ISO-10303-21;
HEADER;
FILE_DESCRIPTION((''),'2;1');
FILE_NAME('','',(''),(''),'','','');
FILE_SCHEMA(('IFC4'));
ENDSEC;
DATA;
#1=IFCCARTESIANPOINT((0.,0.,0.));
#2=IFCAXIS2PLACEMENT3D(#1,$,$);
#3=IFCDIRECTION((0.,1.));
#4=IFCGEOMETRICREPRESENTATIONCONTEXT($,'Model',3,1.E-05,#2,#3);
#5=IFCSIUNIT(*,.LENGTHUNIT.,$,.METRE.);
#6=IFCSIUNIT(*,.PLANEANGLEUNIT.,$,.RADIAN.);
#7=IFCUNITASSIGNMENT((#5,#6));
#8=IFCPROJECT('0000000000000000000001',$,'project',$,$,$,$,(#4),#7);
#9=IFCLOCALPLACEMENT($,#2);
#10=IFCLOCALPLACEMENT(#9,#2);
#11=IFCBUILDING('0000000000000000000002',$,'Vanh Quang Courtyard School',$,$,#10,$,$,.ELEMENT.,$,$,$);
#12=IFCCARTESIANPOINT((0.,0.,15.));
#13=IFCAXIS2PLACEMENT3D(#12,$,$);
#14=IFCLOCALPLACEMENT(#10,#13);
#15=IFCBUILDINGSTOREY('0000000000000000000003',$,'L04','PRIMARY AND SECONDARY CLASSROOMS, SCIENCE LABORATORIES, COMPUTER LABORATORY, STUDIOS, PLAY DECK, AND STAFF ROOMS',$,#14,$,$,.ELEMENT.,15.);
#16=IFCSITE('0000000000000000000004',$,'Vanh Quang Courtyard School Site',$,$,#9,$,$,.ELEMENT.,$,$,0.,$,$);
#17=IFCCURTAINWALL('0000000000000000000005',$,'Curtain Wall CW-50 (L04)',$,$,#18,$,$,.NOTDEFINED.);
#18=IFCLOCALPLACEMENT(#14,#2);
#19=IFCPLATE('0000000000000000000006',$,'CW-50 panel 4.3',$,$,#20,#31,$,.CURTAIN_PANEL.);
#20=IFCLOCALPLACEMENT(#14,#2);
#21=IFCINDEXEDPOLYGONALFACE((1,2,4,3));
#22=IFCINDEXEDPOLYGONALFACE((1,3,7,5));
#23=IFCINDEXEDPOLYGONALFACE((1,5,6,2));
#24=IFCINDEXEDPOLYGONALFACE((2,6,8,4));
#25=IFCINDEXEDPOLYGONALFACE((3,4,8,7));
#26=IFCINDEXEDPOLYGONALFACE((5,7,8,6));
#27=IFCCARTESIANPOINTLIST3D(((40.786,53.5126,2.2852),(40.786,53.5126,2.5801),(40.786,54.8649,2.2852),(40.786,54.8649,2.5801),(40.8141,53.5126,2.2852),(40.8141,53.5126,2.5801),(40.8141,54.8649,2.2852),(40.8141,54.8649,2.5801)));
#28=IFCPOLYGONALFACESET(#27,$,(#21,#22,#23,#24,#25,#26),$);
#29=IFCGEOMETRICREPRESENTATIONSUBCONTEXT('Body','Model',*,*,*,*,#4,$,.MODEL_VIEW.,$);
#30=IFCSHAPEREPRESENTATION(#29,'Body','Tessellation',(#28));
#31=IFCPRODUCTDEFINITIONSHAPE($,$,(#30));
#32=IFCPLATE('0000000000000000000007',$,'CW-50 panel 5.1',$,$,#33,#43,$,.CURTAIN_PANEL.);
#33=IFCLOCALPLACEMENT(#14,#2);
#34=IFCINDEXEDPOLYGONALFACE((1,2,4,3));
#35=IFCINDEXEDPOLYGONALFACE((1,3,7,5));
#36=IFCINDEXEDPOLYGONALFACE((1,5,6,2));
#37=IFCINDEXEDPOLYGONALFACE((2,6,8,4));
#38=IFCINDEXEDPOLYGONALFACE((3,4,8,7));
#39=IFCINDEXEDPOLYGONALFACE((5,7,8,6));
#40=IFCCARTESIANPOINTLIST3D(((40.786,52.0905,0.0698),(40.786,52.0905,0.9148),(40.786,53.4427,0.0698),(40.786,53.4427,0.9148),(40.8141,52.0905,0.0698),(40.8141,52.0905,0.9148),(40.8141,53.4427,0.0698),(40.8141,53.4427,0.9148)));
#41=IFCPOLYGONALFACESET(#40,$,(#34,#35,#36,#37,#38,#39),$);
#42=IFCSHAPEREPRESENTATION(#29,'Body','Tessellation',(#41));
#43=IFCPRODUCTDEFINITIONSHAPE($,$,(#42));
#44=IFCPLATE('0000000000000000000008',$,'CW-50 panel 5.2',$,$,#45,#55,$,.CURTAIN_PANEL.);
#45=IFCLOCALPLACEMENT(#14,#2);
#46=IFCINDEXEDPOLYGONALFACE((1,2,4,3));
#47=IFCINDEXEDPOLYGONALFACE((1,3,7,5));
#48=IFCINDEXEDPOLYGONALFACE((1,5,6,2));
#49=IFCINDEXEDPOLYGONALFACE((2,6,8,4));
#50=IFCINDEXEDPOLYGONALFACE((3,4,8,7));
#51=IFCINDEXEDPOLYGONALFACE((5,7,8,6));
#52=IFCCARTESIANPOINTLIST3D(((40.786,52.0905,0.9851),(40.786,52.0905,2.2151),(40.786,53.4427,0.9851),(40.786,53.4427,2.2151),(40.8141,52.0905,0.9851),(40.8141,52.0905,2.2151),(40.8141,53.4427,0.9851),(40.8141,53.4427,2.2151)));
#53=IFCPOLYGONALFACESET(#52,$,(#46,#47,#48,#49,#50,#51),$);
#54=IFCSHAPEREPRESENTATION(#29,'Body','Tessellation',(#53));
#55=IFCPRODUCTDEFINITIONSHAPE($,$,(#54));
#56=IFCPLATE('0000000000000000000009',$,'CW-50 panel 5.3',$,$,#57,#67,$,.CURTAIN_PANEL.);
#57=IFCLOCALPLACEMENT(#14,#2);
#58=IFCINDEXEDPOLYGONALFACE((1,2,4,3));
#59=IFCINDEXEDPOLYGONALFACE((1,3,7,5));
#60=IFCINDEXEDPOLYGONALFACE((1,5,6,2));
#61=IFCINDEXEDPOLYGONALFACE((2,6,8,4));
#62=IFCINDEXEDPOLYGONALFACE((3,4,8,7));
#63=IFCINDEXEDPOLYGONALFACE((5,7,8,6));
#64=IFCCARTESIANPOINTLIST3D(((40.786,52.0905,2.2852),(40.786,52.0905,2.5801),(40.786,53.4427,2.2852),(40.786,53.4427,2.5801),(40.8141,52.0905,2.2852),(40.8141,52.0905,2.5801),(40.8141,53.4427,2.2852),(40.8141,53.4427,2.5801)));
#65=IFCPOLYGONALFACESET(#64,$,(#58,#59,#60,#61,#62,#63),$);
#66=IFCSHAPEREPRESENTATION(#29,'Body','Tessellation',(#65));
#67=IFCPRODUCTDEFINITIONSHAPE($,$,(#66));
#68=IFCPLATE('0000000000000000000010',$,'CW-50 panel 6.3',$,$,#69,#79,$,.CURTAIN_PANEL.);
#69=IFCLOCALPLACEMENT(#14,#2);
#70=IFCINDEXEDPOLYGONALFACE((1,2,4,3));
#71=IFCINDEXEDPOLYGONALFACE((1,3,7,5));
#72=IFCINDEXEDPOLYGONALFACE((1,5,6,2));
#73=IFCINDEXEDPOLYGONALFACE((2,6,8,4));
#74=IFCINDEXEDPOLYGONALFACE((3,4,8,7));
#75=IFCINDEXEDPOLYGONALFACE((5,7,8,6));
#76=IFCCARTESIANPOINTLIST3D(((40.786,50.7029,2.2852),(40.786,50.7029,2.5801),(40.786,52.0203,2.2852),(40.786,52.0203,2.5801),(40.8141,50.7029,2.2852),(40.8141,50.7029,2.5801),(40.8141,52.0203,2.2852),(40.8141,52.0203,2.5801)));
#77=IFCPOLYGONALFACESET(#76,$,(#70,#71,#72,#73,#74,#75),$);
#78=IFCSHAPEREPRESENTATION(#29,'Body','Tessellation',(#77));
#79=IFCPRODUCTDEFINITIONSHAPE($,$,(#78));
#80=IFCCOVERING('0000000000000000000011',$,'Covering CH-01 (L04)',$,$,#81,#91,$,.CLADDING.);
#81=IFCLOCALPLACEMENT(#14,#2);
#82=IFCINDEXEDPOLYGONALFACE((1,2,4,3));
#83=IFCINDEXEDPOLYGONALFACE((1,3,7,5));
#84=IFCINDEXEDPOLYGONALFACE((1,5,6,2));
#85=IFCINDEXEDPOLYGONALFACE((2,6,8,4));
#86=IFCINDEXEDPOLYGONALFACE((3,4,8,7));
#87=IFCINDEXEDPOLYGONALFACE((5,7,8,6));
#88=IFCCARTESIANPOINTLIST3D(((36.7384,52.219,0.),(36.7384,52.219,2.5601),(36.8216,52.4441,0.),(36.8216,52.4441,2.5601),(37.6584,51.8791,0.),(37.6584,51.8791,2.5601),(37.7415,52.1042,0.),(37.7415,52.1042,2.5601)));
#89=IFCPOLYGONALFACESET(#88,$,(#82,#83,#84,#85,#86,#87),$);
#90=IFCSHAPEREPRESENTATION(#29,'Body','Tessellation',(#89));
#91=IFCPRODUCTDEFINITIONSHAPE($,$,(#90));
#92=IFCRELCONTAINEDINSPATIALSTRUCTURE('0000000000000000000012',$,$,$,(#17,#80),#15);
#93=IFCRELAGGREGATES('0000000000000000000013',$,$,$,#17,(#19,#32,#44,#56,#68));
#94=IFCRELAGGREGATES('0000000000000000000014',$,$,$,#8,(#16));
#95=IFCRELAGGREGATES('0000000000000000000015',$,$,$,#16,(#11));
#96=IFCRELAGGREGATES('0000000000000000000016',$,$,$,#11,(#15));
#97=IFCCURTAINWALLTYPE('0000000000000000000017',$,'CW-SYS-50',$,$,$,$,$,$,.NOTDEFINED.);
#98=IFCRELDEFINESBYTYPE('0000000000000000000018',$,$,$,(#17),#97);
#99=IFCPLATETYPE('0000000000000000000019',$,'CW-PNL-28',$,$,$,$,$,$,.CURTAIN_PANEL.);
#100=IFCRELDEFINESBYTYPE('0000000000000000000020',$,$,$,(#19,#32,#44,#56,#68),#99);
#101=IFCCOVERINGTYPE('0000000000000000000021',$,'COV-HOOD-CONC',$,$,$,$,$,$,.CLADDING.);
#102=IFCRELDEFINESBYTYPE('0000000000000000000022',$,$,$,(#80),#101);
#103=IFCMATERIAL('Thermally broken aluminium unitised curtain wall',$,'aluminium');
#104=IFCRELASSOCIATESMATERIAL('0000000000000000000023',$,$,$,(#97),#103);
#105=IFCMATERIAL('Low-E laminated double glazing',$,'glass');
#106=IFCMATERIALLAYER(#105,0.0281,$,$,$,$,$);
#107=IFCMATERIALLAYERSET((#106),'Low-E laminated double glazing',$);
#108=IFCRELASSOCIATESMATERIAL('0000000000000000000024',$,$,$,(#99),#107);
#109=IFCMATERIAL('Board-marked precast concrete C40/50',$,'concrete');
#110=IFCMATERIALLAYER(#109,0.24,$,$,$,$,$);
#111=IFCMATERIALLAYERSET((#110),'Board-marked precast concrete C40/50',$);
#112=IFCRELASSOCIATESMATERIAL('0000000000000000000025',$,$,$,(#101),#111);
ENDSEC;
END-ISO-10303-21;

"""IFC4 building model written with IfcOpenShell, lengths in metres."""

from ifc_helpers import new_model, si_unit, direction, frame, origin, origin_2d, place, context, subcontext, project, spatial, rectangle, extrude, material, layer, layer_set, type_object, element, aggregate, save


model = new_model("IFC4")

# Units and contexts
model_context = context("Model", 3, precision=1e-05, world=origin(), true_north=direction((0.0, 1.0)))
body_context = subcontext(model_context, "Body", "Model", "MODEL_VIEW")
ifc_project = project(units=[si_unit("LENGTHUNIT", "METRE"), si_unit("PLANEANGLEUNIT", "RADIAN")], contexts=[model_context])

# Site, building, storey
site_placement = place(None, origin())
site = spatial("IfcSite", under=ifc_project, at=site_placement, Name="Vanh Quang Courtyard School Site", CompositionType="ELEMENT", RefElevation=0.0)
building_placement = place(site_placement, origin())
building = spatial("IfcBuilding", under=site, at=building_placement, Name="Vanh Quang Courtyard School", CompositionType="ELEMENT")
storey_placement = place(building_placement, frame((0.0, 0.0, 15.0)))
storey = spatial("IfcBuildingStorey", under=building, at=storey_placement, Name="L04", Description="PRIMARY AND SECONDARY CLASSROOMS, SCIENCE LABORATORIES, COMPUTER LABORATORY, STUDIOS, PLAY DECK, AND STAFF ROOMS", CompositionType="ELEMENT", Elevation=15.0)

# Curtain wall, plates
ifc_material_1 = material(Name="Thermally broken aluminium unitised curtain wall", Category="aluminium")
curtain_wall_type = type_object("IfcCurtainWallType", Name="CW-SYS-50", PredefinedType="NOTDEFINED", material=ifc_material_1)
curtain_wall_placement = place(storey_placement, origin())
curtain_wall = element("IfcCurtainWall", 1, at=curtain_wall_placement, inside=storey, type_object=curtain_wall_type, Name="Curtain Wall CW-50 (L04)", PredefinedType="NOTDEFINED")
ifc_material_2 = material(Name="Low-E laminated double glazing", Category="glass")
ifc_layer_1 = layer(ifc_material_2, 0.0281)
ifc_layer_set_1 = layer_set([ifc_layer_1], Name="Low-E laminated double glazing")
plate_type = type_object("IfcPlateType", Name="CW-PNL-28", PredefinedType="CURTAIN_PANEL", material=ifc_layer_set_1)
plate_1_placement = place(storey_placement, frame((40.8, 54.1887, 2.2852), z_axis=(0.0, 0.0, 1.0), x_axis=(0.0, -1.0, 0.0)))
plate_1 = element("IfcPlate", 2, at=plate_1_placement, type_object=plate_type, Name="CW-50 panel 4.3", PredefinedType="CURTAIN_PANEL", context=body_context, shape_type="SweptSolid", body=[
    extrude(rectangle(XDim=1.3523, YDim=0.0281, at=origin_2d()), origin(), (0.0, 0.0, 1.0), 0.2949),
])
plate_2_placement = place(storey_placement, frame((40.8, 52.7666, 0.0698), z_axis=(0.0, 0.0, 1.0), x_axis=(0.0, -1.0, 0.0)))
plate_2 = element("IfcPlate", 3, at=plate_2_placement, type_object=plate_type, Name="CW-50 panel 5.1", PredefinedType="CURTAIN_PANEL", context=body_context, shape_type="SweptSolid", body=[
    extrude(rectangle(XDim=1.3523, YDim=0.0281, at=origin_2d()), origin(), (0.0, 0.0, 1.0), 0.845),
])
plate_3_placement = place(storey_placement, frame((40.8, 52.7666, 0.9851), z_axis=(0.0, 0.0, 1.0), x_axis=(0.0, -1.0, 0.0)))
plate_3 = element("IfcPlate", 4, at=plate_3_placement, type_object=plate_type, Name="CW-50 panel 5.2", PredefinedType="CURTAIN_PANEL", context=body_context, shape_type="SweptSolid", body=[
    extrude(rectangle(XDim=1.3523, YDim=0.0281, at=origin_2d()), origin(), (0.0, 0.0, 1.0), 1.23),
])
plate_4_placement = place(storey_placement, frame((40.8, 52.7666, 2.2852), z_axis=(0.0, 0.0, 1.0), x_axis=(0.0, -1.0, 0.0)))
plate_4 = element("IfcPlate", 5, at=plate_4_placement, type_object=plate_type, Name="CW-50 panel 5.3", PredefinedType="CURTAIN_PANEL", context=body_context, shape_type="SweptSolid", body=[
    extrude(rectangle(XDim=1.3523, YDim=0.0281, at=origin_2d()), origin(), (0.0, 0.0, 1.0), 0.2949),
])
plate_5_placement = place(storey_placement, frame((40.8, 51.3616, 2.2852), z_axis=(0.0, 0.0, 1.0), x_axis=(0.0, -1.0, 0.0)))
plate_5 = element("IfcPlate", 6, at=plate_5_placement, type_object=plate_type, Name="CW-50 panel 6.3", PredefinedType="CURTAIN_PANEL", context=body_context, shape_type="SweptSolid", body=[
    extrude(rectangle(XDim=1.3174, YDim=0.0281, at=origin_2d()), origin(), (0.0, 0.0, 1.0), 0.2949),
])
aggregate(curtain_wall, [plate_1, plate_2, plate_3, plate_4, plate_5])

# Covering
ifc_material_3 = material(Name="Board-marked precast concrete C40/50", Category="concrete")
ifc_layer_2 = layer(ifc_material_3, 0.24)
ifc_layer_set_2 = layer_set([ifc_layer_2], Name="Board-marked precast concrete C40/50")
covering_type = type_object("IfcCoveringType", Name="COV-HOOD-CONC", PredefinedType="CLADDING", material=ifc_layer_set_2)
covering_placement = place(storey_placement, frame((37.24, 52.1616, 0.0), z_axis=(0.0, 0.0, 1.0), x_axis=(-0.93801, 0.346608, 0.0)))
element("IfcCovering", 7, at=covering_placement, inside=storey, type_object=covering_type, Name="Covering CH-01 (L04)", PredefinedType="CLADDING", context=body_context, shape_type="SweptSolid", body=[
    extrude(rectangle(XDim=0.9807, YDim=0.24, at=origin_2d()), origin(), (0.0, 0.0, 1.0), 2.5601),
])

save(model, "model.ifc")
